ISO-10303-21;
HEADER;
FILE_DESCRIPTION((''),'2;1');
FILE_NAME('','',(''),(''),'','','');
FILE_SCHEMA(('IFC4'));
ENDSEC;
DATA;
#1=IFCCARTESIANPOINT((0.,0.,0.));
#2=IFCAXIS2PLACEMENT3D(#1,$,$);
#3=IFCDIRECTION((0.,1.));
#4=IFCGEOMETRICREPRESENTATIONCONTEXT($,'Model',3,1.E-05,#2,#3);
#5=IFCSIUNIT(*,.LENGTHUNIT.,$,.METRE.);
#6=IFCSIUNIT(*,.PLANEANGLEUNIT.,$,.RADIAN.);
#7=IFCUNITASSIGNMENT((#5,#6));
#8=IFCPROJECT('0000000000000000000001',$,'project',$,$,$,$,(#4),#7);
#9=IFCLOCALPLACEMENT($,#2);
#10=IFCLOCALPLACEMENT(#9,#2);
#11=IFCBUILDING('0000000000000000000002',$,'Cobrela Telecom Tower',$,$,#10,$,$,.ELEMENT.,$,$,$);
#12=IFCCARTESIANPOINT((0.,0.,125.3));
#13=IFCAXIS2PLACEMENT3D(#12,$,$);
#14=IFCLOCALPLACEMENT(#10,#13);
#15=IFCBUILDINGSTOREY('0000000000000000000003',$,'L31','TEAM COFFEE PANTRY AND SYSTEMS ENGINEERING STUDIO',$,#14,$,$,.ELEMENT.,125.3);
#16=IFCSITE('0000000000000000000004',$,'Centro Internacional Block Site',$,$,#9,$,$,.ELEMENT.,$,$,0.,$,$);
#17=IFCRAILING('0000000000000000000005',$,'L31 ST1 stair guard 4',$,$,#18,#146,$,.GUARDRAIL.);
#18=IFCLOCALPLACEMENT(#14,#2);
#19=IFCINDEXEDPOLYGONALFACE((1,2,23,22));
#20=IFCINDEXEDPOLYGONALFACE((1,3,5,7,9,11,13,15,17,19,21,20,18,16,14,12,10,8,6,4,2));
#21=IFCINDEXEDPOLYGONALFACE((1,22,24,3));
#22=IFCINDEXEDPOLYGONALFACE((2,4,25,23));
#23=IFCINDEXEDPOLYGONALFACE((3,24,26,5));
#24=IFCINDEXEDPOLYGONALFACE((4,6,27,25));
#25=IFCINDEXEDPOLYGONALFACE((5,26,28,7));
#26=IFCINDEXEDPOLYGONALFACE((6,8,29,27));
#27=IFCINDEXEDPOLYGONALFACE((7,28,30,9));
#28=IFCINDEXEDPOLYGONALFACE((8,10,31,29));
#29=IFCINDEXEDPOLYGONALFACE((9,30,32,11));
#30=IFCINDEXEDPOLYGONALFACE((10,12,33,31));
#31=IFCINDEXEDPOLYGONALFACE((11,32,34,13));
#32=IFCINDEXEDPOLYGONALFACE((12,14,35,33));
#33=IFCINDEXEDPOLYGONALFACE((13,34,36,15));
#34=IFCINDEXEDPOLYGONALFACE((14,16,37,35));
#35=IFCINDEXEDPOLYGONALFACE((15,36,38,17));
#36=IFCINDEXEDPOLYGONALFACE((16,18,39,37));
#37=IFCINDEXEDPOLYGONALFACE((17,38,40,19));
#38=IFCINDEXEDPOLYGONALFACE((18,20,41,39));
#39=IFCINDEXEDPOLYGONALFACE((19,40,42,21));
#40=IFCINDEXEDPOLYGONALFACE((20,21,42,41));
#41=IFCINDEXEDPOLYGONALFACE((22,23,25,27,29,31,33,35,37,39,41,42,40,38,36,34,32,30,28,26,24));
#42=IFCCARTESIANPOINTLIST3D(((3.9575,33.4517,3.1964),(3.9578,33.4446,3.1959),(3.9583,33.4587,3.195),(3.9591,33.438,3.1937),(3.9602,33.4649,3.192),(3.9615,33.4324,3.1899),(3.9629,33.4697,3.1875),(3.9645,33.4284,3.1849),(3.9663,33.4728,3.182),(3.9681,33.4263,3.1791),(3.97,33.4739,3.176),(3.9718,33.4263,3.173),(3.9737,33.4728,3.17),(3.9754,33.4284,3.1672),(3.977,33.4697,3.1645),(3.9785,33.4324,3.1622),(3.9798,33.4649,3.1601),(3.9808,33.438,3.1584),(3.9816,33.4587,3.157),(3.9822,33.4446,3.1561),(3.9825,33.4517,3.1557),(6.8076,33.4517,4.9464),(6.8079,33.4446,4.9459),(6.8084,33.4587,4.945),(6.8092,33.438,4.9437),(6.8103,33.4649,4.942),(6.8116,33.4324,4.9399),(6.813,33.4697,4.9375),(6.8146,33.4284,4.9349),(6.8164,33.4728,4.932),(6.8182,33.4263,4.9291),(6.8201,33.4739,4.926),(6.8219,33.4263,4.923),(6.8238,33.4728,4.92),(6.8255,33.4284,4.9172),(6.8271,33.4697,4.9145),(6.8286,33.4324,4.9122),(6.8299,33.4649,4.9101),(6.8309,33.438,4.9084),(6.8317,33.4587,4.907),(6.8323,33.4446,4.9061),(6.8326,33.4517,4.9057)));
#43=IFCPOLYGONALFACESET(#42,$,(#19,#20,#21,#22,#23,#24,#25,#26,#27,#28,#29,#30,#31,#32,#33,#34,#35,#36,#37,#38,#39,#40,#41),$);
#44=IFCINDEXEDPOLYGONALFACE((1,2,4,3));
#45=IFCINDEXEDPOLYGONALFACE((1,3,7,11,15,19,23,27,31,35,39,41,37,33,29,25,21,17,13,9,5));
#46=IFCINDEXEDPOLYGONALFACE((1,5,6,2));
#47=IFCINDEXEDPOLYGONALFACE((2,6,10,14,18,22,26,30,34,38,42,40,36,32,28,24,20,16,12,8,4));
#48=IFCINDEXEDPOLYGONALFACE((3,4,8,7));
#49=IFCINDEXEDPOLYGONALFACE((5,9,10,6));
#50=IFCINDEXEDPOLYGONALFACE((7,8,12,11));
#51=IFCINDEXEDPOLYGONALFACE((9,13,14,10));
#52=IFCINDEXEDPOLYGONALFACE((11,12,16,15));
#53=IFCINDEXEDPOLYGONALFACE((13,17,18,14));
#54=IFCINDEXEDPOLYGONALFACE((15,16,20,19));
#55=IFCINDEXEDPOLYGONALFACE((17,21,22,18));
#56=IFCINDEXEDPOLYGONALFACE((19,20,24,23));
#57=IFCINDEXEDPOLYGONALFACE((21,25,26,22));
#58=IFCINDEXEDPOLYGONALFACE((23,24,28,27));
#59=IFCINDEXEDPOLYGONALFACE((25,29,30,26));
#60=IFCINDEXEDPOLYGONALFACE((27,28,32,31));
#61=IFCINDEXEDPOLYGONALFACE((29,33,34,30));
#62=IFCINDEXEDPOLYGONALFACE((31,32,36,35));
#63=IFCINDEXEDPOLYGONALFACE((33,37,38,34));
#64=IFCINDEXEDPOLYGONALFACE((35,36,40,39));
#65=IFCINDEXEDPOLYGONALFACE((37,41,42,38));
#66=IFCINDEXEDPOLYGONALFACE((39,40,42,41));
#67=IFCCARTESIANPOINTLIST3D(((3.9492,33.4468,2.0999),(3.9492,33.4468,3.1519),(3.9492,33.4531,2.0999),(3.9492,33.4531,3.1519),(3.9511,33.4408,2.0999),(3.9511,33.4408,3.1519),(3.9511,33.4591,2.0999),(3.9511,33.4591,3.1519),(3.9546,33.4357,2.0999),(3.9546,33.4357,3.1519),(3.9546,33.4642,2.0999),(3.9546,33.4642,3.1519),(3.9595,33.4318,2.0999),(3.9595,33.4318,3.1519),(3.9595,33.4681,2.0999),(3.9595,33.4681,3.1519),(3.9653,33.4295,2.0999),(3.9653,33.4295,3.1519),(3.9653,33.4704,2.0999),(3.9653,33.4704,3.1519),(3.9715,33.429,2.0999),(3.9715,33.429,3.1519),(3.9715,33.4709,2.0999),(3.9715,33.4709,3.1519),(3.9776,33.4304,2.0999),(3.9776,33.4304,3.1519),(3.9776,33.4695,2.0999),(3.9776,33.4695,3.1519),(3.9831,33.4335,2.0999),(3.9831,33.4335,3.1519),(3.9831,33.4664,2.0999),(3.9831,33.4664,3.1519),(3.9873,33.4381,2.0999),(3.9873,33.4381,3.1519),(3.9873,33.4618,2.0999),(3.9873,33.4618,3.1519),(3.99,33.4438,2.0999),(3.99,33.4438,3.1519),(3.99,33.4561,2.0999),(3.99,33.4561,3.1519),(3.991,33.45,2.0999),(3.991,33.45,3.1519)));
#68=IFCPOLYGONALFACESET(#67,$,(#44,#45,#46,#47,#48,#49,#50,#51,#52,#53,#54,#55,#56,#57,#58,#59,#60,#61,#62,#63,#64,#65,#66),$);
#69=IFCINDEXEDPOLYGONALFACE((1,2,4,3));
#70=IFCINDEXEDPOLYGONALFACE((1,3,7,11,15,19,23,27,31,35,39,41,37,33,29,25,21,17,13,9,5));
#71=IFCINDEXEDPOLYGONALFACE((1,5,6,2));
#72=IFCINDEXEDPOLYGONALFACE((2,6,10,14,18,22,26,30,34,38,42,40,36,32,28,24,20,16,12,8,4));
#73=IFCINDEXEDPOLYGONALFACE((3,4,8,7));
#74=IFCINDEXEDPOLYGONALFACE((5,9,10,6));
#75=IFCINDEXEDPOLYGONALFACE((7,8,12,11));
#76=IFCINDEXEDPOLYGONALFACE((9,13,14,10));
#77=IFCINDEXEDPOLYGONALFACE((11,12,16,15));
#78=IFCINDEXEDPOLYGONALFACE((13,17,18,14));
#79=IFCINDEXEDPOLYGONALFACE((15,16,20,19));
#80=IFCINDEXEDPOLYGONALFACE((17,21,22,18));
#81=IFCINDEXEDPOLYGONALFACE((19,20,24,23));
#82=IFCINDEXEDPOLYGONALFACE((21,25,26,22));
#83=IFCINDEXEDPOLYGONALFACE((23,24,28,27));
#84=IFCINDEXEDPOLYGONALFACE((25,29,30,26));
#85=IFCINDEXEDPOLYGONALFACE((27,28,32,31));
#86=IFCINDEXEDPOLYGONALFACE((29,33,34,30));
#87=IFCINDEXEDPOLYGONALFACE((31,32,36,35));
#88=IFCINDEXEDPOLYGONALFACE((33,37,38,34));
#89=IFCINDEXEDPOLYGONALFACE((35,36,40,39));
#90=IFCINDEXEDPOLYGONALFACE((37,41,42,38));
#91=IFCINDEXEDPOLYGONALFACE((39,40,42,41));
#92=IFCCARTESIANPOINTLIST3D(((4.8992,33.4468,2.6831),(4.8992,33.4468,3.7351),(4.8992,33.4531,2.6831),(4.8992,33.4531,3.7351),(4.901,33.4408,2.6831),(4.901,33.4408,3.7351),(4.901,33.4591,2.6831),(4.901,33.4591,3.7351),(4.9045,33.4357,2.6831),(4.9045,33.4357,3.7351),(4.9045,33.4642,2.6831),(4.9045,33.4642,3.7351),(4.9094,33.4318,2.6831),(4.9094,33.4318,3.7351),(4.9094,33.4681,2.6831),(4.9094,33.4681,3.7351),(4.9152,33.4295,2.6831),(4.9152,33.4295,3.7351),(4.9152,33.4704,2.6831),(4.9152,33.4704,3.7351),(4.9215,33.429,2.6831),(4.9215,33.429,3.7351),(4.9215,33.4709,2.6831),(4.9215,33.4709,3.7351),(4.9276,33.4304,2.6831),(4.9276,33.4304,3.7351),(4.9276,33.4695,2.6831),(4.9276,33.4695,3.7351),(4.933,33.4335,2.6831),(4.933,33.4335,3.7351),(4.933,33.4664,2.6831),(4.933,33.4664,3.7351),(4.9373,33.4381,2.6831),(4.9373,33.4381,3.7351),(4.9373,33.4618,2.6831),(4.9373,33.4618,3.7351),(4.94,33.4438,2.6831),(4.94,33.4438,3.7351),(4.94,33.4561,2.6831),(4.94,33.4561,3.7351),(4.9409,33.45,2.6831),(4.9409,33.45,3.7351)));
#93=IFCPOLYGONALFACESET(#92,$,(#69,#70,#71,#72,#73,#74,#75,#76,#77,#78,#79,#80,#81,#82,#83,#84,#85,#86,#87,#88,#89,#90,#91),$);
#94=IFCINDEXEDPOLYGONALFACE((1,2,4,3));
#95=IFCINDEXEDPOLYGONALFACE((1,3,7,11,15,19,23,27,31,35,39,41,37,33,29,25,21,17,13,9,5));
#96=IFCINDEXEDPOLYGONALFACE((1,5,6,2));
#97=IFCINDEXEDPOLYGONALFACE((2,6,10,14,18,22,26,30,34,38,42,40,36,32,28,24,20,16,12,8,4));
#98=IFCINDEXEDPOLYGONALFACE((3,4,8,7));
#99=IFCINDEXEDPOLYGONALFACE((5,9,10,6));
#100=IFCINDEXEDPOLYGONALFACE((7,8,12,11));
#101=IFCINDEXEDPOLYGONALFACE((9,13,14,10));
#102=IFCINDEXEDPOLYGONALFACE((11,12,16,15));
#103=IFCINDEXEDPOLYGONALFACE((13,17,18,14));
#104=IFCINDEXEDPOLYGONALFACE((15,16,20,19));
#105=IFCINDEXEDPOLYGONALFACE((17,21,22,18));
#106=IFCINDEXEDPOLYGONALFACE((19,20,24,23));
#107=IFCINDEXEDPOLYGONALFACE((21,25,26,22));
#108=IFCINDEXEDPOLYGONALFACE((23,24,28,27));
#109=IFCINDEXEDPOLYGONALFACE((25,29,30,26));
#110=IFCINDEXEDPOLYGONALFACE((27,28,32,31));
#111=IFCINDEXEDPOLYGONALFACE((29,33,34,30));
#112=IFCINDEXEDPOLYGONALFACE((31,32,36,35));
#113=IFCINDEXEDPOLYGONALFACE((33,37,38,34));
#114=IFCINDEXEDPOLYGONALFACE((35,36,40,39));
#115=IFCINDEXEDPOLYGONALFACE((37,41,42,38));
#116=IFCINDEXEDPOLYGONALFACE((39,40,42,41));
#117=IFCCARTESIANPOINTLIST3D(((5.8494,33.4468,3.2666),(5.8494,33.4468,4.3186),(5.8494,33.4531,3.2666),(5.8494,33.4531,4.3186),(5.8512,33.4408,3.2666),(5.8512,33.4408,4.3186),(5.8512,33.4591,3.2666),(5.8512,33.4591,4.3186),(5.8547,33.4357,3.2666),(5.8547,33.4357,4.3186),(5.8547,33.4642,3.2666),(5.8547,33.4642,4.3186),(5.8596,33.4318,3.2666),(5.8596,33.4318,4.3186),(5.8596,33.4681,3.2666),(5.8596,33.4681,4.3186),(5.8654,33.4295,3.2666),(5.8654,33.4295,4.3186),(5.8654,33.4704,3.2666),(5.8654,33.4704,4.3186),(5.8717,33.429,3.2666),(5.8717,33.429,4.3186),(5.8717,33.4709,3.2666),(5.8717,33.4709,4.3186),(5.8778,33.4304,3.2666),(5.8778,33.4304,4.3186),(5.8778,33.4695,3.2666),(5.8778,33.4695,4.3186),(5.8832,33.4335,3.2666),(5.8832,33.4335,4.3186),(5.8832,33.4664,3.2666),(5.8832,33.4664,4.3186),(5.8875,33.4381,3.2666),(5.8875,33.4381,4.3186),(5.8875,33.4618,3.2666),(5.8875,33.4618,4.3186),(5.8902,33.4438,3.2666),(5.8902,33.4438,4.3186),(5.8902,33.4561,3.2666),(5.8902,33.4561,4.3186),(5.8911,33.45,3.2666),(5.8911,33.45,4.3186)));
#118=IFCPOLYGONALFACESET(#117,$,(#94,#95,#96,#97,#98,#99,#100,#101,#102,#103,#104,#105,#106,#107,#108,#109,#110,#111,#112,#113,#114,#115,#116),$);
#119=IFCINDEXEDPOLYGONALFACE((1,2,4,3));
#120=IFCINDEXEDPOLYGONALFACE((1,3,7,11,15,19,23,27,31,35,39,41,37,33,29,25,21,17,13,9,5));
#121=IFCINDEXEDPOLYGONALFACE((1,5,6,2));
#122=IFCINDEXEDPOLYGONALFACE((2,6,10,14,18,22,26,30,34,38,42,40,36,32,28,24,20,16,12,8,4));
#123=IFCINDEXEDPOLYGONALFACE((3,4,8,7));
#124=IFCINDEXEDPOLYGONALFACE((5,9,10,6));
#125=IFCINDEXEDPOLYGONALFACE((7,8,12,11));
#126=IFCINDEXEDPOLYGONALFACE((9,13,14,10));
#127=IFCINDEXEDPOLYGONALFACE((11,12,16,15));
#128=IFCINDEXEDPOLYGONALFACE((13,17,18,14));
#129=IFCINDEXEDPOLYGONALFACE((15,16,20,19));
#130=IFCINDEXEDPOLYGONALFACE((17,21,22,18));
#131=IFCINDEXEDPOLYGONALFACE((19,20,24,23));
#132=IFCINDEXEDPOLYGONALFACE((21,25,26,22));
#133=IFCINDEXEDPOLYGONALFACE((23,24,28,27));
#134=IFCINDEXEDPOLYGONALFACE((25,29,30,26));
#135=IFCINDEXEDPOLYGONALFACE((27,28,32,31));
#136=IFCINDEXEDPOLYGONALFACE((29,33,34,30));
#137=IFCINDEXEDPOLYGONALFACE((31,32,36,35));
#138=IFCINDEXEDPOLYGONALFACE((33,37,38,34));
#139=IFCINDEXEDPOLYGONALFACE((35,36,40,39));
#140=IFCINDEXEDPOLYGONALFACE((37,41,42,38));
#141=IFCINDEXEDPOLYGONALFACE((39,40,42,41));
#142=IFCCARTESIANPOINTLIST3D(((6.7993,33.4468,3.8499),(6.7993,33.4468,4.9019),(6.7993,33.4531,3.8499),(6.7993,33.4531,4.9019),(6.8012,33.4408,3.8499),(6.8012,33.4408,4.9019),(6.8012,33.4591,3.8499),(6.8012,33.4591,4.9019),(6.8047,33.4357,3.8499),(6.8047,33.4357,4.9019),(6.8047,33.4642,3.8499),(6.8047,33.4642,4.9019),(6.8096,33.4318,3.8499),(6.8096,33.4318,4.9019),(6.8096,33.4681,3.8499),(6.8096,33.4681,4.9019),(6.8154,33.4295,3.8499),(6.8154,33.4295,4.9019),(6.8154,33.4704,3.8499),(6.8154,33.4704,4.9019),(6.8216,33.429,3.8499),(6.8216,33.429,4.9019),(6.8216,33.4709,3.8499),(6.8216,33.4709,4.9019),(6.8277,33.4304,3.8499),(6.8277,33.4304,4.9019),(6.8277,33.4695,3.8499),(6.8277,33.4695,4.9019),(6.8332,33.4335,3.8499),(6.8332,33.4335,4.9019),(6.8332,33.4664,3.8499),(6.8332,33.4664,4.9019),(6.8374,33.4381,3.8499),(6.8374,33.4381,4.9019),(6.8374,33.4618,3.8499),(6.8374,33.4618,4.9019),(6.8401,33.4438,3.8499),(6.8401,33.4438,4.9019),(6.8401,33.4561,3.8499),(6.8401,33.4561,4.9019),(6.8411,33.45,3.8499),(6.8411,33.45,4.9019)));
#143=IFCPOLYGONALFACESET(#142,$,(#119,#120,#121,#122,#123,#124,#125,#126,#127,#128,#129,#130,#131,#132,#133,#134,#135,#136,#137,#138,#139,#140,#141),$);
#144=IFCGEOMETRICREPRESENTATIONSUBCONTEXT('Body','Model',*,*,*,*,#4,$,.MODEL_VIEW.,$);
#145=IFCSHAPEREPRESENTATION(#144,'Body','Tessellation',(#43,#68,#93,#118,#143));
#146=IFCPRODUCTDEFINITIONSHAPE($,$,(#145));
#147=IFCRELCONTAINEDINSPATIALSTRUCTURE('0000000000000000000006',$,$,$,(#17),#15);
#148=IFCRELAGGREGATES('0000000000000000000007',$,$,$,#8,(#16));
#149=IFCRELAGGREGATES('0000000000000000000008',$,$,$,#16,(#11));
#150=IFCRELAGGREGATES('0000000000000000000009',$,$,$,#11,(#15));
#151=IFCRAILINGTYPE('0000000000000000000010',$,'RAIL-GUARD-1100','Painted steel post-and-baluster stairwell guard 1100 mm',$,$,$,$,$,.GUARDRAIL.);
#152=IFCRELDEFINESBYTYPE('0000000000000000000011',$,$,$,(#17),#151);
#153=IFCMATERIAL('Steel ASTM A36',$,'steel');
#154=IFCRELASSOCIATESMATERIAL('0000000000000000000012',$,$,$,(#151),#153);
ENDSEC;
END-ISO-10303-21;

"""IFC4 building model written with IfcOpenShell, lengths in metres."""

from ifc_helpers import new_model, si_unit, direction, frame, origin, origin_2d, place, context, subcontext, project, spatial, circle, extrude, material, type_object, element, save


model = new_model("IFC4")

# Units and contexts
model_context = context("Model", 3, precision=1e-05, world=origin(), true_north=direction((0.0, 1.0)))
body_context = subcontext(model_context, "Body", "Model", "MODEL_VIEW")
ifc_project = project(units=[si_unit("LENGTHUNIT", "METRE"), si_unit("PLANEANGLEUNIT", "RADIAN")], contexts=[model_context])

# Site, building, storey
site_placement = place(None, origin())
site = spatial("IfcSite", under=ifc_project, at=site_placement, Name="Centro Internacional Block Site", CompositionType="ELEMENT", RefElevation=0.0)
building_placement = place(site_placement, origin())
building = spatial("IfcBuilding", under=site, at=building_placement, Name="Cobrela Telecom Tower", CompositionType="ELEMENT")
storey_placement = place(building_placement, frame((0.0, 0.0, 125.3)))
storey = spatial("IfcBuildingStorey", under=building, at=storey_placement, Name="L31", Description="TEAM COFFEE PANTRY AND SYSTEMS ENGINEERING STUDIO", CompositionType="ELEMENT", Elevation=125.3)

# Shared definitions
ifc_material_1 = material(Name="Steel ASTM A36", Category="steel")

# Railing
railing_type_1 = type_object("IfcRailingType", Name="RAIL-GUARD-1100", Description="Painted steel post-and-baluster stairwell guard 1100 mm", PredefinedType="GUARDRAIL", material=ifc_material_1)
railing_1_placement = place(storey_placement, frame((3.97, 33.45, 2.0999)))
element("IfcRailing", 1, at=railing_1_placement, inside=storey, type_object=railing_type_1, Name="L31 ST1 stair guard 4", PredefinedType="GUARDRAIL", context=body_context, shape_type="SweptSolid", body=[
    extrude(circle(Radius=0.0239, at=origin_2d()), frame((0.0, 0.0, 1.0762), z_axis=(0.852179, 0.0, 0.52325), x_axis=(0.0, 1.0, 0.0)), (0.0, 0.0, 1.0), 3.3445),
    extrude(circle(Radius=0.021, at=origin_2d()), origin(), (0.0, 0.0, 1.0), 1.052),
    extrude(circle(Radius=0.021, at=origin_2d()), frame((0.95, 0.0, 0.5833)), (0.0, 0.0, 1.0), 1.052),
    extrude(circle(Radius=0.021, at=origin_2d()), frame((1.9001, 0.0, 1.1667)), (0.0, 0.0, 1.0), 1.052),
    extrude(circle(Radius=0.021, at=origin_2d()), frame((2.8501, 0.0, 1.75)), (0.0, 0.0, 1.0), 1.052),
])

save(model, "model.ifc")
